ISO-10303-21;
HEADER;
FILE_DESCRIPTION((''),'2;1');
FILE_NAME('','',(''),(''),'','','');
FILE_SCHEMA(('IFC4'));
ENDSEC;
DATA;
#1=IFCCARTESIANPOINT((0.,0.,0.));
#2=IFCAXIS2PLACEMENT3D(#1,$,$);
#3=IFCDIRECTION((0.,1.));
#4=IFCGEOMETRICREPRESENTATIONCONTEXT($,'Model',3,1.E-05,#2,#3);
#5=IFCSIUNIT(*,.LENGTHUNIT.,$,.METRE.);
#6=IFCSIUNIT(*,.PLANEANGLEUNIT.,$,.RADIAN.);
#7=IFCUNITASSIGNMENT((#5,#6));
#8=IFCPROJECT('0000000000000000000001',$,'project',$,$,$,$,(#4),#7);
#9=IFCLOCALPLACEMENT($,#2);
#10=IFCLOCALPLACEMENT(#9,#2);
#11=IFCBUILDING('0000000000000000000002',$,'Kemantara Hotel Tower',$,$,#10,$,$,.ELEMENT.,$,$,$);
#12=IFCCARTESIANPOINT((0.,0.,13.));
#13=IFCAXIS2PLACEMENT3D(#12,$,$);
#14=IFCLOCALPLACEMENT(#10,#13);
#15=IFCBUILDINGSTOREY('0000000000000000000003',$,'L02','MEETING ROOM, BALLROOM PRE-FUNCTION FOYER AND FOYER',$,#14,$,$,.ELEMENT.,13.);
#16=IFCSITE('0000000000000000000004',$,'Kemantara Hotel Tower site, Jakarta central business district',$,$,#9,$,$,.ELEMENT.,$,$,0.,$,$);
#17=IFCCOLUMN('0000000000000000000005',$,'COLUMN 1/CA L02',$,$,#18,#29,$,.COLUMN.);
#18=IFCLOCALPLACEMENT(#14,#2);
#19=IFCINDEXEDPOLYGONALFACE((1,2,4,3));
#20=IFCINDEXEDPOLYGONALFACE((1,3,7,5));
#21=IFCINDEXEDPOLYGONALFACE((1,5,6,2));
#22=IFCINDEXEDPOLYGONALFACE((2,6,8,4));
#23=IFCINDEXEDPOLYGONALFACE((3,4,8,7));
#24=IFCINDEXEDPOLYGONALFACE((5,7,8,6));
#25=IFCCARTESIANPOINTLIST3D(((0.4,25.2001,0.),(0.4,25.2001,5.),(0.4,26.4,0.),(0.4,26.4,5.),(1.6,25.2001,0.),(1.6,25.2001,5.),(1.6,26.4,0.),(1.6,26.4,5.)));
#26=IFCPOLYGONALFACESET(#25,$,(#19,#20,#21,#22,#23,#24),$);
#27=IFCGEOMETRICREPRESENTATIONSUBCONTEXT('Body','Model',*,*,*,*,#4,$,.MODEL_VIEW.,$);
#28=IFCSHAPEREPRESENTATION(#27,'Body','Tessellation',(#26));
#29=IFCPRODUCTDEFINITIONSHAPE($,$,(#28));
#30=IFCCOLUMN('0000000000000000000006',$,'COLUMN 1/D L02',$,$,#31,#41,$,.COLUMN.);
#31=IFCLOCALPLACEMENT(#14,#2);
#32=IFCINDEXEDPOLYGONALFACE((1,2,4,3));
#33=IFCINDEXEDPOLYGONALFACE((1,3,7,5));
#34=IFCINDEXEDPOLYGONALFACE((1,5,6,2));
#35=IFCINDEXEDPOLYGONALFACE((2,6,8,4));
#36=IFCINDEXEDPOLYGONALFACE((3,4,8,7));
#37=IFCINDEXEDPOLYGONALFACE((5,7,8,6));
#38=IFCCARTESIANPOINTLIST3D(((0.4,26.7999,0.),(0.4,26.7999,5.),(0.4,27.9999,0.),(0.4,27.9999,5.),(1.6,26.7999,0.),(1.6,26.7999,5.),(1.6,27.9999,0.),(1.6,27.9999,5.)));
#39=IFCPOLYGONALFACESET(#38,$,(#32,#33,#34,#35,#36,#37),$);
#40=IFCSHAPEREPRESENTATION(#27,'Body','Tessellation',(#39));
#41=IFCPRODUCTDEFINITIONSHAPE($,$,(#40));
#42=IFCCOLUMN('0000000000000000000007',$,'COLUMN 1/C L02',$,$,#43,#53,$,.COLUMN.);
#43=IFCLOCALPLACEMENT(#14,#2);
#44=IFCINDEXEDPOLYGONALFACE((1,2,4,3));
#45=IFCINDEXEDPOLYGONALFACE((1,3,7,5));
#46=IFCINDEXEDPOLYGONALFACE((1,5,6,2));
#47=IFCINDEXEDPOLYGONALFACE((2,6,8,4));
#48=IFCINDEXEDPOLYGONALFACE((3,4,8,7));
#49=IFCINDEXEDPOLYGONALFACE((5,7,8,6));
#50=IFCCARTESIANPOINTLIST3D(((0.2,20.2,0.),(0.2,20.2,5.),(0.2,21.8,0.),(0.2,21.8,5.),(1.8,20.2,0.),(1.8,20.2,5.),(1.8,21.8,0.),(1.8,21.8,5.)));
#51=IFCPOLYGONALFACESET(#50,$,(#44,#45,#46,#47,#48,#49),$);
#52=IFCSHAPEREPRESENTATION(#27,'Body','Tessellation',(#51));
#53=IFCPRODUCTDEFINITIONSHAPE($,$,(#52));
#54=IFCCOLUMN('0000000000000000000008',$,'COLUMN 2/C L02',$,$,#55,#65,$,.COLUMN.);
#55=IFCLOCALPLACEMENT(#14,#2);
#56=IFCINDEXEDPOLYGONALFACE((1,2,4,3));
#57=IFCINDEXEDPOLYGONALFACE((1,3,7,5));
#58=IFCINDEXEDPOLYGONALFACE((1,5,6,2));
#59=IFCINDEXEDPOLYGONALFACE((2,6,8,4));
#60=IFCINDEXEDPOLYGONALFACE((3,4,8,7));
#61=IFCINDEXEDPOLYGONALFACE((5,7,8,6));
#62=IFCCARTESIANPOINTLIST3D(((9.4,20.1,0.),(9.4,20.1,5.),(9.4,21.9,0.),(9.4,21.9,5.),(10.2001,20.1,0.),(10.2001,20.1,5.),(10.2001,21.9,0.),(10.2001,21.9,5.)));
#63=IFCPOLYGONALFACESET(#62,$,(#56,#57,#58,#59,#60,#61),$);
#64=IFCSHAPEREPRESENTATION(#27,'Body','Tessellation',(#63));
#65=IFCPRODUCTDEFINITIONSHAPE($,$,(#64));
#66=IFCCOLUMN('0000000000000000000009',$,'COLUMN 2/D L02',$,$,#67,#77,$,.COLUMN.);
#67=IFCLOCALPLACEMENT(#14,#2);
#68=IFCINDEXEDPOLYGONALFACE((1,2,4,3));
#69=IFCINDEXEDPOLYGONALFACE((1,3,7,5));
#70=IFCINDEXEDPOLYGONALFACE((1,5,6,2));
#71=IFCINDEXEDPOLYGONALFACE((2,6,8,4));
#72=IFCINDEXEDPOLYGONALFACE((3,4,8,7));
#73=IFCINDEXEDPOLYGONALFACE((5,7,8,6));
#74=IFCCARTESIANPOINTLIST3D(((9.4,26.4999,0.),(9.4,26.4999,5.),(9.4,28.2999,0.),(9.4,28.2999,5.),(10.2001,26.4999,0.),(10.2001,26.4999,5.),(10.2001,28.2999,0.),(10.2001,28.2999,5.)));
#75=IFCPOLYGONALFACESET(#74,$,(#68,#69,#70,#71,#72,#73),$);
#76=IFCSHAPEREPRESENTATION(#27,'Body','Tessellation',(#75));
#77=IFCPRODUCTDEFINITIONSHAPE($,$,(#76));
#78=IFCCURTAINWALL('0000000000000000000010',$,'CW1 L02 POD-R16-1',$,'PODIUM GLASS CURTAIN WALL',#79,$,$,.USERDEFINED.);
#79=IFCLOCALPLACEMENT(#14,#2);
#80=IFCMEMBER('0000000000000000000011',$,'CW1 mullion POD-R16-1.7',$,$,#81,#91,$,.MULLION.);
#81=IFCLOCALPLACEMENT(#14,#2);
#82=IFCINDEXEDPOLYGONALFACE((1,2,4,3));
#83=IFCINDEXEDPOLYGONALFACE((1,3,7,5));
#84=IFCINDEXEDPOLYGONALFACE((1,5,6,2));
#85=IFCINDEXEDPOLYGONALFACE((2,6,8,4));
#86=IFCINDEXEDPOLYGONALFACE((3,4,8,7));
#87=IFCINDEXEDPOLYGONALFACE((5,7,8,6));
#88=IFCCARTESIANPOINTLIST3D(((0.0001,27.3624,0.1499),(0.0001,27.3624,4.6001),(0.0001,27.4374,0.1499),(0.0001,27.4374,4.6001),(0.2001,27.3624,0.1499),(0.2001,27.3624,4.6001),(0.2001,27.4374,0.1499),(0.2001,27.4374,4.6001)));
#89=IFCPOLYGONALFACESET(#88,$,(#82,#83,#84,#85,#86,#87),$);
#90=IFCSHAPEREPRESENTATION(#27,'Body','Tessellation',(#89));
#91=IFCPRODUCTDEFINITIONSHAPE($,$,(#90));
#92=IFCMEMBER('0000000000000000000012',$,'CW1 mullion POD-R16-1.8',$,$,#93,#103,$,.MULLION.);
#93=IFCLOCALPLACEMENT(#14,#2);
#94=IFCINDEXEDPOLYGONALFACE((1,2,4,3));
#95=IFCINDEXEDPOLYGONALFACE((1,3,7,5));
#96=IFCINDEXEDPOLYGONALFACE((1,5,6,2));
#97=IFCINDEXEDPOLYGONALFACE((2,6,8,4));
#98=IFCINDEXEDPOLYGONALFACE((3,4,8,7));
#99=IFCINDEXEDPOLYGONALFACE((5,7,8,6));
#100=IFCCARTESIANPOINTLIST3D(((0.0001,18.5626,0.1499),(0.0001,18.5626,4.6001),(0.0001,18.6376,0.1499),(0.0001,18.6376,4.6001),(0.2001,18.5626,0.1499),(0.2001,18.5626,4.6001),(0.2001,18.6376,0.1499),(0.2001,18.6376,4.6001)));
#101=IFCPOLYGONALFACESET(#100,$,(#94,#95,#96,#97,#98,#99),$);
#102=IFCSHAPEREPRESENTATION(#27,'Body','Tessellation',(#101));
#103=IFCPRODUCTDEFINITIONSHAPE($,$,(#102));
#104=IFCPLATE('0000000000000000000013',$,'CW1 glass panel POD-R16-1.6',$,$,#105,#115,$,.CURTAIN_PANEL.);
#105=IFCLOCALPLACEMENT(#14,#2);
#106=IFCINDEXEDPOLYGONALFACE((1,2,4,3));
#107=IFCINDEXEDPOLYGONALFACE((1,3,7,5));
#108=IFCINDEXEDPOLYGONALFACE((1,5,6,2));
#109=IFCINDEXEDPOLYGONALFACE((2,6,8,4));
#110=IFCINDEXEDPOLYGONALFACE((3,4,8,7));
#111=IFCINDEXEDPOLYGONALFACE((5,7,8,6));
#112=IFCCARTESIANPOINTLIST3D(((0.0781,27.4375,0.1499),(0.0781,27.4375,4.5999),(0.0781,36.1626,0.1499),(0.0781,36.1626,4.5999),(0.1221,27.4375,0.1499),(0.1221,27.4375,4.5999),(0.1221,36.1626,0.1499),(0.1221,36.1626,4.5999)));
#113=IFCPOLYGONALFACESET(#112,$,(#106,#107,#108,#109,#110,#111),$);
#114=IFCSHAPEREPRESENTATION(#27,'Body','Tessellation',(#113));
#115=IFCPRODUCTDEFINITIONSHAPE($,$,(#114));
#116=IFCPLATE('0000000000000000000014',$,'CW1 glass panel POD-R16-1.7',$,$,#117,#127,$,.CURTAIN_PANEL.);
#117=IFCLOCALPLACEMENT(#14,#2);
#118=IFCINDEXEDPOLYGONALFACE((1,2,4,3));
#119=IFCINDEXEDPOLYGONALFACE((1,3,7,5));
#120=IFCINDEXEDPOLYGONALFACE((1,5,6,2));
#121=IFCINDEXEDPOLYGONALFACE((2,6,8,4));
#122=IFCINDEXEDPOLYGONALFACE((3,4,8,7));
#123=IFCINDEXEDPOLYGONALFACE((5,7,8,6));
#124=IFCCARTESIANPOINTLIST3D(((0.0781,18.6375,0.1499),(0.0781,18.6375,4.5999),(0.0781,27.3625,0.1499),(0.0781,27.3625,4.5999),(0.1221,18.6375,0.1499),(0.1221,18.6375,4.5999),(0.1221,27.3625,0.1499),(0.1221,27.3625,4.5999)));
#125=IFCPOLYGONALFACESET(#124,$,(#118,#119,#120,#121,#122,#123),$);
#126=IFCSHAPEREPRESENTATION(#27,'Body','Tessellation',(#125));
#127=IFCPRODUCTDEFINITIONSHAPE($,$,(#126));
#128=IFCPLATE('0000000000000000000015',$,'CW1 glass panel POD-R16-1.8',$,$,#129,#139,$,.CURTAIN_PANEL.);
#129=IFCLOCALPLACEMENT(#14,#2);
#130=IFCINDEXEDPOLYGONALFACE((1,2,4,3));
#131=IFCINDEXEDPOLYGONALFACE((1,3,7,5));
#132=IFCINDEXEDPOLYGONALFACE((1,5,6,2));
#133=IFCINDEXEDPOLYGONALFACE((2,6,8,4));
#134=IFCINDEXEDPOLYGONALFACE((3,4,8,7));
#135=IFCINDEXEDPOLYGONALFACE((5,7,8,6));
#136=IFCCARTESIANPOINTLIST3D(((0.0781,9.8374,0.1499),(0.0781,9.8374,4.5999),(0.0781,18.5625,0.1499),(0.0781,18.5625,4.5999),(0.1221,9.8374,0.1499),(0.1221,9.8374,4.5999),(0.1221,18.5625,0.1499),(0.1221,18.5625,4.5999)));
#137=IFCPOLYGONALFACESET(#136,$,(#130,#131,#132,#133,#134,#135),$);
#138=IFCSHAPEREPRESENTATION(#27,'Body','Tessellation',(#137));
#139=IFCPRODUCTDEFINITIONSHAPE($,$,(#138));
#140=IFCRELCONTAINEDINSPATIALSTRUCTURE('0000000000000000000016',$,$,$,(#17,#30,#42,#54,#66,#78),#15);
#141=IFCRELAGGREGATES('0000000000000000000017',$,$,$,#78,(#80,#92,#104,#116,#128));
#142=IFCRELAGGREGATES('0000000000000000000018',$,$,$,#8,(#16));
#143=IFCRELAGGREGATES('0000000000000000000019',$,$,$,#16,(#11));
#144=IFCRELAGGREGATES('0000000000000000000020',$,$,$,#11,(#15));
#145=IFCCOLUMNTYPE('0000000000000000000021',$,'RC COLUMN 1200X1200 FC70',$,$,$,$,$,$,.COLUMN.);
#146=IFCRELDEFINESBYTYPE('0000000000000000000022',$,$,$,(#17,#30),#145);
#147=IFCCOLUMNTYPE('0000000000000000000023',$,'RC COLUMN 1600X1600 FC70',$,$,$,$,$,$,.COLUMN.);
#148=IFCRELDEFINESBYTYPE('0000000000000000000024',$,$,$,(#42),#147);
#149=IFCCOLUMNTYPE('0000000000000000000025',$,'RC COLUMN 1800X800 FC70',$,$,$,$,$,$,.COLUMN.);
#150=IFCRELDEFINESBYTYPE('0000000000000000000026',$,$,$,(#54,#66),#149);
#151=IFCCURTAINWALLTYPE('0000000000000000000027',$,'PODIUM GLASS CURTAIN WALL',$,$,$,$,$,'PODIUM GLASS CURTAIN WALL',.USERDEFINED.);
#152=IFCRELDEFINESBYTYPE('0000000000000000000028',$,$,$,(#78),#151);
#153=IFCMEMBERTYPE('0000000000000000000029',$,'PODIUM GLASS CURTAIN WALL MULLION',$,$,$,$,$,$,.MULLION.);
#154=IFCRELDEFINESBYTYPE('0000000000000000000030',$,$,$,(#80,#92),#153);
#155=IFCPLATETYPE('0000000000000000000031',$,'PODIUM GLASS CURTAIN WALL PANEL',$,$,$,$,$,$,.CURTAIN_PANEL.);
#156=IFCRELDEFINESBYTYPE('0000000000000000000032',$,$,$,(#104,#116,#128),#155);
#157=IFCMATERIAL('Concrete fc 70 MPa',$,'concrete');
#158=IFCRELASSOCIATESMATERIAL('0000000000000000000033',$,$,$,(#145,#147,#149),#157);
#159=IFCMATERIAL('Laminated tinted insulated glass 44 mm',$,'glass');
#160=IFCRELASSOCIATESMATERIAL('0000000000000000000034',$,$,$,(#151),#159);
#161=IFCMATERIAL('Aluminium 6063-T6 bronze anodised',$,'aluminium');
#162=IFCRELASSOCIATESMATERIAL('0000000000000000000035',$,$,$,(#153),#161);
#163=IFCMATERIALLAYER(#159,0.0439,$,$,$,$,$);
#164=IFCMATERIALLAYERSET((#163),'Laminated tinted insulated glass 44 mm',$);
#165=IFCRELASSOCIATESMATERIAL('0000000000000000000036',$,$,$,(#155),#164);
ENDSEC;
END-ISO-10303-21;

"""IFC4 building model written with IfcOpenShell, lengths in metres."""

from ifc_helpers import new_model, si_unit, direction, frame, origin, origin_2d, place, context, subcontext, project, spatial, rectangle, extrude, source, transform, mapped, material, layer, layer_set, material_profile, profile_set, type_object, element, aggregate, save


model = new_model("IFC4")

# Units and contexts
model_context = context("Model", 3, precision=1e-05, world=origin(), true_north=direction((0.0, 1.0)))
body_context = subcontext(model_context, "Body", "Model", "MODEL_VIEW")
ifc_project = project(units=[si_unit("LENGTHUNIT", "METRE"), si_unit("PLANEANGLEUNIT", "RADIAN")], contexts=[model_context])

# Site, building, storey
site_placement = place(None, origin())
site = spatial("IfcSite", under=ifc_project, at=site_placement, Name="Kemantara Hotel Tower site, Jakarta central business district", CompositionType="ELEMENT", RefElevation=0.0)
building_placement = place(site_placement, origin())
building = spatial("IfcBuilding", under=site, at=building_placement, Name="Kemantara Hotel Tower", CompositionType="ELEMENT")
storey_placement = place(building_placement, frame((0.0, 0.0, 13.0)))
storey = spatial("IfcBuildingStorey", under=building, at=storey_placement, Name="L02", Description="MEETING ROOM, BALLROOM PRE-FUNCTION FOYER AND FOYER", CompositionType="ELEMENT", Elevation=13.0)

# Columns
ifc_material_1 = material(Name="Concrete fc 70 MPa", Category="concrete")
ifc_material_profile_1 = material_profile(ifc_material_1, rectangle(XDim=1.2, YDim=1.2, at=origin_2d()), Name="RC 1200X1200")
ifc_profile_set_1 = profile_set([ifc_material_profile_1], Name="Concrete fc 70 MPa")
column_type_1 = type_object("IfcColumnType", Name="RC COLUMN 1200X1200 FC70", PredefinedType="COLUMN", material=ifc_profile_set_1)
for number, where, z_axis, x_axis, name in (
    (1, (1.0, 25.8, 0.0), (0.0, 0.0, 1.0), (1.0, 0.0, 0.0), "COLUMN 1/CA L02"),
    (2, (1.0, 27.3999, 0.0), (0.0, 0.0, 1.0), (1.0, 0.0, 0.0), "COLUMN 1/D L02"),
):
    element("IfcColumn", number, at=place(storey_placement, frame(where, z_axis=z_axis, x_axis=x_axis)), inside=storey, type_object=column_type_1, Name=name, PredefinedType="COLUMN", context=body_context, shape_type="SweptSolid", body=[
        extrude(rectangle(XDim=1.2, YDim=1.2, at=origin_2d()), origin(), (0.0, 0.0, 1.0), 5.0),
    ])
ifc_material_profile_2 = material_profile(ifc_material_1, rectangle(XDim=1.6001, YDim=1.6001, at=origin_2d()), Name="RC 1600X1600")
ifc_profile_set_2 = profile_set([ifc_material_profile_2], Name="Concrete fc 70 MPa")
column_type_2 = type_object("IfcColumnType", Name="RC COLUMN 1600X1600 FC70", PredefinedType="COLUMN", material=ifc_profile_set_2)
column_placement = place(storey_placement, frame((1.0, 21.0, 0.0), z_axis=(0.0, 0.0, 1.0), x_axis=(1.0, 0.0, 0.0)))
element("IfcColumn", 3, at=column_placement, inside=storey, type_object=column_type_2, Name="COLUMN 1/C L02", PredefinedType="COLUMN", context=body_context, shape_type="SweptSolid", body=[
    extrude(rectangle(XDim=1.6001, YDim=1.6001, at=origin_2d()), origin(), (0.0, 0.0, 1.0), 5.0),
])
ifc_material_profile_3 = material_profile(ifc_material_1, rectangle(XDim=1.8, YDim=0.8, at=origin_2d()), Name="RC 1800X800")
ifc_profile_set_3 = profile_set([ifc_material_profile_3], Name="Concrete fc 70 MPa")
column_type_3 = type_object("IfcColumnType", Name="RC COLUMN 1800X800 FC70", PredefinedType="COLUMN", material=ifc_profile_set_3)
for number, where, z_axis, x_axis, name in (
    (4, (9.8, 21.0, 0.0), (0.0, 0.0, 1.0), (0.0, 1.0, 0.0), "COLUMN 2/C L02"),
    (5, (9.8, 27.3999, 0.0), (0.0, 0.0, 1.0), (0.0, 1.0, 0.0), "COLUMN 2/D L02"),
):
    element("IfcColumn", number, at=place(storey_placement, frame(where, z_axis=z_axis, x_axis=x_axis)), inside=storey, type_object=column_type_3, Name=name, PredefinedType="COLUMN", context=body_context, shape_type="SweptSolid", body=[
        extrude(rectangle(XDim=1.8, YDim=0.8, at=origin_2d()), origin(), (0.0, 0.0, 1.0), 5.0),
    ])

# Curtain wall, members, plates
ifc_material_2 = material(Name="Laminated tinted insulated glass 44 mm", Category="glass")
curtain_wall_type = type_object("IfcCurtainWallType", Name="PODIUM GLASS CURTAIN WALL", ElementType="PODIUM GLASS CURTAIN WALL", PredefinedType="USERDEFINED", material=ifc_material_2)
curtain_wall_placement = place(storey_placement, origin())
curtain_wall = element("IfcCurtainWall", 6, at=curtain_wall_placement, inside=storey, type_object=curtain_wall_type, Name="CW1 L02 POD-R16-1", ObjectType="PODIUM GLASS CURTAIN WALL", PredefinedType="USERDEFINED")
ifc_material_3 = material(Name="Aluminium 6063-T6 bronze anodised", Category="aluminium")
ifc_material_profile_4 = material_profile(ifc_material_3, rectangle(XDim=0.2, YDim=0.075, at=origin_2d()), Name="PODIUM GLASS CURTAIN WALL MULLION")
ifc_profile_set_4 = profile_set([ifc_material_profile_4], Name="Aluminium 6063-T6 bronze anodised")
member_type = type_object("IfcMemberType", Name="PODIUM GLASS CURTAIN WALL MULLION", PredefinedType="MULLION", material=ifc_profile_set_4)
shared_shape_1 = source(origin(), body_context, "Body", "SweptSolid", [
    extrude(rectangle(XDim=0.2, YDim=0.075, at=origin_2d()), origin(), (0.0, 0.0, 1.0), 4.4502),
])
member_1_placement = place(storey_placement, frame((0.1001, 27.3999, 0.1499), z_axis=(0.0, 0.0, 1.0), x_axis=(1.0, 0.0, 0.0)))
member_1 = element("IfcMember", 7, at=member_1_placement, type_object=member_type, Name="CW1 mullion POD-R16-1.7", PredefinedType="MULLION", context=body_context, shape_type="MappedRepresentation", body=[
    mapped(shared_shape_1, transform((0.0, 0.0, 0.0))),
])
member_2_placement = place(storey_placement, frame((0.1001, 18.6001, 0.1499), z_axis=(0.0, 0.0, 1.0), x_axis=(1.0, 0.0, 0.0)))
member_2 = element("IfcMember", 8, at=member_2_placement, type_object=member_type, Name="CW1 mullion POD-R16-1.8", PredefinedType="MULLION", context=body_context, shape_type="MappedRepresentation", body=[
    mapped(shared_shape_1, transform((0.0, 0.0, 0.0))),
])
ifc_layer_1 = layer(ifc_material_2, 0.0439)
ifc_layer_set_1 = layer_set([ifc_layer_1], Name="Laminated tinted insulated glass 44 mm")
plate_type = type_object("IfcPlateType", Name="PODIUM GLASS CURTAIN WALL PANEL", PredefinedType="CURTAIN_PANEL", material=ifc_layer_set_1)
shared_shape_2 = source(origin(), body_context, "Body", "SweptSolid", [
    extrude(rectangle(XDim=8.7251, YDim=0.0439, at=origin_2d()), origin(), (0.0, 0.0, 1.0), 4.45),
])
plate_1_placement = place(storey_placement, frame((0.1001, 31.8, 0.1499), z_axis=(0.0, 0.0, 1.0), x_axis=(0.0, -1.0, 0.0)))
plate_1 = element("IfcPlate", 9, at=plate_1_placement, type_object=plate_type, Name="CW1 glass panel POD-R16-1.6", PredefinedType="CURTAIN_PANEL", context=body_context, shape_type="MappedRepresentation", body=[
    mapped(shared_shape_2, transform((0.0, 0.0, 0.0))),
])
plate_2_placement = place(storey_placement, frame((0.1001, 23.0, 0.1499), z_axis=(0.0, 0.0, 1.0), x_axis=(0.0, -1.0, 0.0)))
plate_2 = element("IfcPlate", 10, at=plate_2_placement, type_object=plate_type, Name="CW1 glass panel POD-R16-1.7", PredefinedType="CURTAIN_PANEL", context=body_context, shape_type="MappedRepresentation", body=[
    mapped(shared_shape_2, transform((0.0, 0.0, 0.0))),
])
plate_3_placement = place(storey_placement, frame((0.1001, 14.2, 0.1499), z_axis=(0.0, 0.0, 1.0), x_axis=(0.0, -1.0, 0.0)))
plate_3 = element("IfcPlate", 11, at=plate_3_placement, type_object=plate_type, Name="CW1 glass panel POD-R16-1.8", PredefinedType="CURTAIN_PANEL", context=body_context, shape_type="MappedRepresentation", body=[
    mapped(shared_shape_2, transform((0.0, 0.0, 0.0))),
])
aggregate(curtain_wall, [member_1, member_2, plate_1, plate_2, plate_3])

save(model, "model.ifc")
